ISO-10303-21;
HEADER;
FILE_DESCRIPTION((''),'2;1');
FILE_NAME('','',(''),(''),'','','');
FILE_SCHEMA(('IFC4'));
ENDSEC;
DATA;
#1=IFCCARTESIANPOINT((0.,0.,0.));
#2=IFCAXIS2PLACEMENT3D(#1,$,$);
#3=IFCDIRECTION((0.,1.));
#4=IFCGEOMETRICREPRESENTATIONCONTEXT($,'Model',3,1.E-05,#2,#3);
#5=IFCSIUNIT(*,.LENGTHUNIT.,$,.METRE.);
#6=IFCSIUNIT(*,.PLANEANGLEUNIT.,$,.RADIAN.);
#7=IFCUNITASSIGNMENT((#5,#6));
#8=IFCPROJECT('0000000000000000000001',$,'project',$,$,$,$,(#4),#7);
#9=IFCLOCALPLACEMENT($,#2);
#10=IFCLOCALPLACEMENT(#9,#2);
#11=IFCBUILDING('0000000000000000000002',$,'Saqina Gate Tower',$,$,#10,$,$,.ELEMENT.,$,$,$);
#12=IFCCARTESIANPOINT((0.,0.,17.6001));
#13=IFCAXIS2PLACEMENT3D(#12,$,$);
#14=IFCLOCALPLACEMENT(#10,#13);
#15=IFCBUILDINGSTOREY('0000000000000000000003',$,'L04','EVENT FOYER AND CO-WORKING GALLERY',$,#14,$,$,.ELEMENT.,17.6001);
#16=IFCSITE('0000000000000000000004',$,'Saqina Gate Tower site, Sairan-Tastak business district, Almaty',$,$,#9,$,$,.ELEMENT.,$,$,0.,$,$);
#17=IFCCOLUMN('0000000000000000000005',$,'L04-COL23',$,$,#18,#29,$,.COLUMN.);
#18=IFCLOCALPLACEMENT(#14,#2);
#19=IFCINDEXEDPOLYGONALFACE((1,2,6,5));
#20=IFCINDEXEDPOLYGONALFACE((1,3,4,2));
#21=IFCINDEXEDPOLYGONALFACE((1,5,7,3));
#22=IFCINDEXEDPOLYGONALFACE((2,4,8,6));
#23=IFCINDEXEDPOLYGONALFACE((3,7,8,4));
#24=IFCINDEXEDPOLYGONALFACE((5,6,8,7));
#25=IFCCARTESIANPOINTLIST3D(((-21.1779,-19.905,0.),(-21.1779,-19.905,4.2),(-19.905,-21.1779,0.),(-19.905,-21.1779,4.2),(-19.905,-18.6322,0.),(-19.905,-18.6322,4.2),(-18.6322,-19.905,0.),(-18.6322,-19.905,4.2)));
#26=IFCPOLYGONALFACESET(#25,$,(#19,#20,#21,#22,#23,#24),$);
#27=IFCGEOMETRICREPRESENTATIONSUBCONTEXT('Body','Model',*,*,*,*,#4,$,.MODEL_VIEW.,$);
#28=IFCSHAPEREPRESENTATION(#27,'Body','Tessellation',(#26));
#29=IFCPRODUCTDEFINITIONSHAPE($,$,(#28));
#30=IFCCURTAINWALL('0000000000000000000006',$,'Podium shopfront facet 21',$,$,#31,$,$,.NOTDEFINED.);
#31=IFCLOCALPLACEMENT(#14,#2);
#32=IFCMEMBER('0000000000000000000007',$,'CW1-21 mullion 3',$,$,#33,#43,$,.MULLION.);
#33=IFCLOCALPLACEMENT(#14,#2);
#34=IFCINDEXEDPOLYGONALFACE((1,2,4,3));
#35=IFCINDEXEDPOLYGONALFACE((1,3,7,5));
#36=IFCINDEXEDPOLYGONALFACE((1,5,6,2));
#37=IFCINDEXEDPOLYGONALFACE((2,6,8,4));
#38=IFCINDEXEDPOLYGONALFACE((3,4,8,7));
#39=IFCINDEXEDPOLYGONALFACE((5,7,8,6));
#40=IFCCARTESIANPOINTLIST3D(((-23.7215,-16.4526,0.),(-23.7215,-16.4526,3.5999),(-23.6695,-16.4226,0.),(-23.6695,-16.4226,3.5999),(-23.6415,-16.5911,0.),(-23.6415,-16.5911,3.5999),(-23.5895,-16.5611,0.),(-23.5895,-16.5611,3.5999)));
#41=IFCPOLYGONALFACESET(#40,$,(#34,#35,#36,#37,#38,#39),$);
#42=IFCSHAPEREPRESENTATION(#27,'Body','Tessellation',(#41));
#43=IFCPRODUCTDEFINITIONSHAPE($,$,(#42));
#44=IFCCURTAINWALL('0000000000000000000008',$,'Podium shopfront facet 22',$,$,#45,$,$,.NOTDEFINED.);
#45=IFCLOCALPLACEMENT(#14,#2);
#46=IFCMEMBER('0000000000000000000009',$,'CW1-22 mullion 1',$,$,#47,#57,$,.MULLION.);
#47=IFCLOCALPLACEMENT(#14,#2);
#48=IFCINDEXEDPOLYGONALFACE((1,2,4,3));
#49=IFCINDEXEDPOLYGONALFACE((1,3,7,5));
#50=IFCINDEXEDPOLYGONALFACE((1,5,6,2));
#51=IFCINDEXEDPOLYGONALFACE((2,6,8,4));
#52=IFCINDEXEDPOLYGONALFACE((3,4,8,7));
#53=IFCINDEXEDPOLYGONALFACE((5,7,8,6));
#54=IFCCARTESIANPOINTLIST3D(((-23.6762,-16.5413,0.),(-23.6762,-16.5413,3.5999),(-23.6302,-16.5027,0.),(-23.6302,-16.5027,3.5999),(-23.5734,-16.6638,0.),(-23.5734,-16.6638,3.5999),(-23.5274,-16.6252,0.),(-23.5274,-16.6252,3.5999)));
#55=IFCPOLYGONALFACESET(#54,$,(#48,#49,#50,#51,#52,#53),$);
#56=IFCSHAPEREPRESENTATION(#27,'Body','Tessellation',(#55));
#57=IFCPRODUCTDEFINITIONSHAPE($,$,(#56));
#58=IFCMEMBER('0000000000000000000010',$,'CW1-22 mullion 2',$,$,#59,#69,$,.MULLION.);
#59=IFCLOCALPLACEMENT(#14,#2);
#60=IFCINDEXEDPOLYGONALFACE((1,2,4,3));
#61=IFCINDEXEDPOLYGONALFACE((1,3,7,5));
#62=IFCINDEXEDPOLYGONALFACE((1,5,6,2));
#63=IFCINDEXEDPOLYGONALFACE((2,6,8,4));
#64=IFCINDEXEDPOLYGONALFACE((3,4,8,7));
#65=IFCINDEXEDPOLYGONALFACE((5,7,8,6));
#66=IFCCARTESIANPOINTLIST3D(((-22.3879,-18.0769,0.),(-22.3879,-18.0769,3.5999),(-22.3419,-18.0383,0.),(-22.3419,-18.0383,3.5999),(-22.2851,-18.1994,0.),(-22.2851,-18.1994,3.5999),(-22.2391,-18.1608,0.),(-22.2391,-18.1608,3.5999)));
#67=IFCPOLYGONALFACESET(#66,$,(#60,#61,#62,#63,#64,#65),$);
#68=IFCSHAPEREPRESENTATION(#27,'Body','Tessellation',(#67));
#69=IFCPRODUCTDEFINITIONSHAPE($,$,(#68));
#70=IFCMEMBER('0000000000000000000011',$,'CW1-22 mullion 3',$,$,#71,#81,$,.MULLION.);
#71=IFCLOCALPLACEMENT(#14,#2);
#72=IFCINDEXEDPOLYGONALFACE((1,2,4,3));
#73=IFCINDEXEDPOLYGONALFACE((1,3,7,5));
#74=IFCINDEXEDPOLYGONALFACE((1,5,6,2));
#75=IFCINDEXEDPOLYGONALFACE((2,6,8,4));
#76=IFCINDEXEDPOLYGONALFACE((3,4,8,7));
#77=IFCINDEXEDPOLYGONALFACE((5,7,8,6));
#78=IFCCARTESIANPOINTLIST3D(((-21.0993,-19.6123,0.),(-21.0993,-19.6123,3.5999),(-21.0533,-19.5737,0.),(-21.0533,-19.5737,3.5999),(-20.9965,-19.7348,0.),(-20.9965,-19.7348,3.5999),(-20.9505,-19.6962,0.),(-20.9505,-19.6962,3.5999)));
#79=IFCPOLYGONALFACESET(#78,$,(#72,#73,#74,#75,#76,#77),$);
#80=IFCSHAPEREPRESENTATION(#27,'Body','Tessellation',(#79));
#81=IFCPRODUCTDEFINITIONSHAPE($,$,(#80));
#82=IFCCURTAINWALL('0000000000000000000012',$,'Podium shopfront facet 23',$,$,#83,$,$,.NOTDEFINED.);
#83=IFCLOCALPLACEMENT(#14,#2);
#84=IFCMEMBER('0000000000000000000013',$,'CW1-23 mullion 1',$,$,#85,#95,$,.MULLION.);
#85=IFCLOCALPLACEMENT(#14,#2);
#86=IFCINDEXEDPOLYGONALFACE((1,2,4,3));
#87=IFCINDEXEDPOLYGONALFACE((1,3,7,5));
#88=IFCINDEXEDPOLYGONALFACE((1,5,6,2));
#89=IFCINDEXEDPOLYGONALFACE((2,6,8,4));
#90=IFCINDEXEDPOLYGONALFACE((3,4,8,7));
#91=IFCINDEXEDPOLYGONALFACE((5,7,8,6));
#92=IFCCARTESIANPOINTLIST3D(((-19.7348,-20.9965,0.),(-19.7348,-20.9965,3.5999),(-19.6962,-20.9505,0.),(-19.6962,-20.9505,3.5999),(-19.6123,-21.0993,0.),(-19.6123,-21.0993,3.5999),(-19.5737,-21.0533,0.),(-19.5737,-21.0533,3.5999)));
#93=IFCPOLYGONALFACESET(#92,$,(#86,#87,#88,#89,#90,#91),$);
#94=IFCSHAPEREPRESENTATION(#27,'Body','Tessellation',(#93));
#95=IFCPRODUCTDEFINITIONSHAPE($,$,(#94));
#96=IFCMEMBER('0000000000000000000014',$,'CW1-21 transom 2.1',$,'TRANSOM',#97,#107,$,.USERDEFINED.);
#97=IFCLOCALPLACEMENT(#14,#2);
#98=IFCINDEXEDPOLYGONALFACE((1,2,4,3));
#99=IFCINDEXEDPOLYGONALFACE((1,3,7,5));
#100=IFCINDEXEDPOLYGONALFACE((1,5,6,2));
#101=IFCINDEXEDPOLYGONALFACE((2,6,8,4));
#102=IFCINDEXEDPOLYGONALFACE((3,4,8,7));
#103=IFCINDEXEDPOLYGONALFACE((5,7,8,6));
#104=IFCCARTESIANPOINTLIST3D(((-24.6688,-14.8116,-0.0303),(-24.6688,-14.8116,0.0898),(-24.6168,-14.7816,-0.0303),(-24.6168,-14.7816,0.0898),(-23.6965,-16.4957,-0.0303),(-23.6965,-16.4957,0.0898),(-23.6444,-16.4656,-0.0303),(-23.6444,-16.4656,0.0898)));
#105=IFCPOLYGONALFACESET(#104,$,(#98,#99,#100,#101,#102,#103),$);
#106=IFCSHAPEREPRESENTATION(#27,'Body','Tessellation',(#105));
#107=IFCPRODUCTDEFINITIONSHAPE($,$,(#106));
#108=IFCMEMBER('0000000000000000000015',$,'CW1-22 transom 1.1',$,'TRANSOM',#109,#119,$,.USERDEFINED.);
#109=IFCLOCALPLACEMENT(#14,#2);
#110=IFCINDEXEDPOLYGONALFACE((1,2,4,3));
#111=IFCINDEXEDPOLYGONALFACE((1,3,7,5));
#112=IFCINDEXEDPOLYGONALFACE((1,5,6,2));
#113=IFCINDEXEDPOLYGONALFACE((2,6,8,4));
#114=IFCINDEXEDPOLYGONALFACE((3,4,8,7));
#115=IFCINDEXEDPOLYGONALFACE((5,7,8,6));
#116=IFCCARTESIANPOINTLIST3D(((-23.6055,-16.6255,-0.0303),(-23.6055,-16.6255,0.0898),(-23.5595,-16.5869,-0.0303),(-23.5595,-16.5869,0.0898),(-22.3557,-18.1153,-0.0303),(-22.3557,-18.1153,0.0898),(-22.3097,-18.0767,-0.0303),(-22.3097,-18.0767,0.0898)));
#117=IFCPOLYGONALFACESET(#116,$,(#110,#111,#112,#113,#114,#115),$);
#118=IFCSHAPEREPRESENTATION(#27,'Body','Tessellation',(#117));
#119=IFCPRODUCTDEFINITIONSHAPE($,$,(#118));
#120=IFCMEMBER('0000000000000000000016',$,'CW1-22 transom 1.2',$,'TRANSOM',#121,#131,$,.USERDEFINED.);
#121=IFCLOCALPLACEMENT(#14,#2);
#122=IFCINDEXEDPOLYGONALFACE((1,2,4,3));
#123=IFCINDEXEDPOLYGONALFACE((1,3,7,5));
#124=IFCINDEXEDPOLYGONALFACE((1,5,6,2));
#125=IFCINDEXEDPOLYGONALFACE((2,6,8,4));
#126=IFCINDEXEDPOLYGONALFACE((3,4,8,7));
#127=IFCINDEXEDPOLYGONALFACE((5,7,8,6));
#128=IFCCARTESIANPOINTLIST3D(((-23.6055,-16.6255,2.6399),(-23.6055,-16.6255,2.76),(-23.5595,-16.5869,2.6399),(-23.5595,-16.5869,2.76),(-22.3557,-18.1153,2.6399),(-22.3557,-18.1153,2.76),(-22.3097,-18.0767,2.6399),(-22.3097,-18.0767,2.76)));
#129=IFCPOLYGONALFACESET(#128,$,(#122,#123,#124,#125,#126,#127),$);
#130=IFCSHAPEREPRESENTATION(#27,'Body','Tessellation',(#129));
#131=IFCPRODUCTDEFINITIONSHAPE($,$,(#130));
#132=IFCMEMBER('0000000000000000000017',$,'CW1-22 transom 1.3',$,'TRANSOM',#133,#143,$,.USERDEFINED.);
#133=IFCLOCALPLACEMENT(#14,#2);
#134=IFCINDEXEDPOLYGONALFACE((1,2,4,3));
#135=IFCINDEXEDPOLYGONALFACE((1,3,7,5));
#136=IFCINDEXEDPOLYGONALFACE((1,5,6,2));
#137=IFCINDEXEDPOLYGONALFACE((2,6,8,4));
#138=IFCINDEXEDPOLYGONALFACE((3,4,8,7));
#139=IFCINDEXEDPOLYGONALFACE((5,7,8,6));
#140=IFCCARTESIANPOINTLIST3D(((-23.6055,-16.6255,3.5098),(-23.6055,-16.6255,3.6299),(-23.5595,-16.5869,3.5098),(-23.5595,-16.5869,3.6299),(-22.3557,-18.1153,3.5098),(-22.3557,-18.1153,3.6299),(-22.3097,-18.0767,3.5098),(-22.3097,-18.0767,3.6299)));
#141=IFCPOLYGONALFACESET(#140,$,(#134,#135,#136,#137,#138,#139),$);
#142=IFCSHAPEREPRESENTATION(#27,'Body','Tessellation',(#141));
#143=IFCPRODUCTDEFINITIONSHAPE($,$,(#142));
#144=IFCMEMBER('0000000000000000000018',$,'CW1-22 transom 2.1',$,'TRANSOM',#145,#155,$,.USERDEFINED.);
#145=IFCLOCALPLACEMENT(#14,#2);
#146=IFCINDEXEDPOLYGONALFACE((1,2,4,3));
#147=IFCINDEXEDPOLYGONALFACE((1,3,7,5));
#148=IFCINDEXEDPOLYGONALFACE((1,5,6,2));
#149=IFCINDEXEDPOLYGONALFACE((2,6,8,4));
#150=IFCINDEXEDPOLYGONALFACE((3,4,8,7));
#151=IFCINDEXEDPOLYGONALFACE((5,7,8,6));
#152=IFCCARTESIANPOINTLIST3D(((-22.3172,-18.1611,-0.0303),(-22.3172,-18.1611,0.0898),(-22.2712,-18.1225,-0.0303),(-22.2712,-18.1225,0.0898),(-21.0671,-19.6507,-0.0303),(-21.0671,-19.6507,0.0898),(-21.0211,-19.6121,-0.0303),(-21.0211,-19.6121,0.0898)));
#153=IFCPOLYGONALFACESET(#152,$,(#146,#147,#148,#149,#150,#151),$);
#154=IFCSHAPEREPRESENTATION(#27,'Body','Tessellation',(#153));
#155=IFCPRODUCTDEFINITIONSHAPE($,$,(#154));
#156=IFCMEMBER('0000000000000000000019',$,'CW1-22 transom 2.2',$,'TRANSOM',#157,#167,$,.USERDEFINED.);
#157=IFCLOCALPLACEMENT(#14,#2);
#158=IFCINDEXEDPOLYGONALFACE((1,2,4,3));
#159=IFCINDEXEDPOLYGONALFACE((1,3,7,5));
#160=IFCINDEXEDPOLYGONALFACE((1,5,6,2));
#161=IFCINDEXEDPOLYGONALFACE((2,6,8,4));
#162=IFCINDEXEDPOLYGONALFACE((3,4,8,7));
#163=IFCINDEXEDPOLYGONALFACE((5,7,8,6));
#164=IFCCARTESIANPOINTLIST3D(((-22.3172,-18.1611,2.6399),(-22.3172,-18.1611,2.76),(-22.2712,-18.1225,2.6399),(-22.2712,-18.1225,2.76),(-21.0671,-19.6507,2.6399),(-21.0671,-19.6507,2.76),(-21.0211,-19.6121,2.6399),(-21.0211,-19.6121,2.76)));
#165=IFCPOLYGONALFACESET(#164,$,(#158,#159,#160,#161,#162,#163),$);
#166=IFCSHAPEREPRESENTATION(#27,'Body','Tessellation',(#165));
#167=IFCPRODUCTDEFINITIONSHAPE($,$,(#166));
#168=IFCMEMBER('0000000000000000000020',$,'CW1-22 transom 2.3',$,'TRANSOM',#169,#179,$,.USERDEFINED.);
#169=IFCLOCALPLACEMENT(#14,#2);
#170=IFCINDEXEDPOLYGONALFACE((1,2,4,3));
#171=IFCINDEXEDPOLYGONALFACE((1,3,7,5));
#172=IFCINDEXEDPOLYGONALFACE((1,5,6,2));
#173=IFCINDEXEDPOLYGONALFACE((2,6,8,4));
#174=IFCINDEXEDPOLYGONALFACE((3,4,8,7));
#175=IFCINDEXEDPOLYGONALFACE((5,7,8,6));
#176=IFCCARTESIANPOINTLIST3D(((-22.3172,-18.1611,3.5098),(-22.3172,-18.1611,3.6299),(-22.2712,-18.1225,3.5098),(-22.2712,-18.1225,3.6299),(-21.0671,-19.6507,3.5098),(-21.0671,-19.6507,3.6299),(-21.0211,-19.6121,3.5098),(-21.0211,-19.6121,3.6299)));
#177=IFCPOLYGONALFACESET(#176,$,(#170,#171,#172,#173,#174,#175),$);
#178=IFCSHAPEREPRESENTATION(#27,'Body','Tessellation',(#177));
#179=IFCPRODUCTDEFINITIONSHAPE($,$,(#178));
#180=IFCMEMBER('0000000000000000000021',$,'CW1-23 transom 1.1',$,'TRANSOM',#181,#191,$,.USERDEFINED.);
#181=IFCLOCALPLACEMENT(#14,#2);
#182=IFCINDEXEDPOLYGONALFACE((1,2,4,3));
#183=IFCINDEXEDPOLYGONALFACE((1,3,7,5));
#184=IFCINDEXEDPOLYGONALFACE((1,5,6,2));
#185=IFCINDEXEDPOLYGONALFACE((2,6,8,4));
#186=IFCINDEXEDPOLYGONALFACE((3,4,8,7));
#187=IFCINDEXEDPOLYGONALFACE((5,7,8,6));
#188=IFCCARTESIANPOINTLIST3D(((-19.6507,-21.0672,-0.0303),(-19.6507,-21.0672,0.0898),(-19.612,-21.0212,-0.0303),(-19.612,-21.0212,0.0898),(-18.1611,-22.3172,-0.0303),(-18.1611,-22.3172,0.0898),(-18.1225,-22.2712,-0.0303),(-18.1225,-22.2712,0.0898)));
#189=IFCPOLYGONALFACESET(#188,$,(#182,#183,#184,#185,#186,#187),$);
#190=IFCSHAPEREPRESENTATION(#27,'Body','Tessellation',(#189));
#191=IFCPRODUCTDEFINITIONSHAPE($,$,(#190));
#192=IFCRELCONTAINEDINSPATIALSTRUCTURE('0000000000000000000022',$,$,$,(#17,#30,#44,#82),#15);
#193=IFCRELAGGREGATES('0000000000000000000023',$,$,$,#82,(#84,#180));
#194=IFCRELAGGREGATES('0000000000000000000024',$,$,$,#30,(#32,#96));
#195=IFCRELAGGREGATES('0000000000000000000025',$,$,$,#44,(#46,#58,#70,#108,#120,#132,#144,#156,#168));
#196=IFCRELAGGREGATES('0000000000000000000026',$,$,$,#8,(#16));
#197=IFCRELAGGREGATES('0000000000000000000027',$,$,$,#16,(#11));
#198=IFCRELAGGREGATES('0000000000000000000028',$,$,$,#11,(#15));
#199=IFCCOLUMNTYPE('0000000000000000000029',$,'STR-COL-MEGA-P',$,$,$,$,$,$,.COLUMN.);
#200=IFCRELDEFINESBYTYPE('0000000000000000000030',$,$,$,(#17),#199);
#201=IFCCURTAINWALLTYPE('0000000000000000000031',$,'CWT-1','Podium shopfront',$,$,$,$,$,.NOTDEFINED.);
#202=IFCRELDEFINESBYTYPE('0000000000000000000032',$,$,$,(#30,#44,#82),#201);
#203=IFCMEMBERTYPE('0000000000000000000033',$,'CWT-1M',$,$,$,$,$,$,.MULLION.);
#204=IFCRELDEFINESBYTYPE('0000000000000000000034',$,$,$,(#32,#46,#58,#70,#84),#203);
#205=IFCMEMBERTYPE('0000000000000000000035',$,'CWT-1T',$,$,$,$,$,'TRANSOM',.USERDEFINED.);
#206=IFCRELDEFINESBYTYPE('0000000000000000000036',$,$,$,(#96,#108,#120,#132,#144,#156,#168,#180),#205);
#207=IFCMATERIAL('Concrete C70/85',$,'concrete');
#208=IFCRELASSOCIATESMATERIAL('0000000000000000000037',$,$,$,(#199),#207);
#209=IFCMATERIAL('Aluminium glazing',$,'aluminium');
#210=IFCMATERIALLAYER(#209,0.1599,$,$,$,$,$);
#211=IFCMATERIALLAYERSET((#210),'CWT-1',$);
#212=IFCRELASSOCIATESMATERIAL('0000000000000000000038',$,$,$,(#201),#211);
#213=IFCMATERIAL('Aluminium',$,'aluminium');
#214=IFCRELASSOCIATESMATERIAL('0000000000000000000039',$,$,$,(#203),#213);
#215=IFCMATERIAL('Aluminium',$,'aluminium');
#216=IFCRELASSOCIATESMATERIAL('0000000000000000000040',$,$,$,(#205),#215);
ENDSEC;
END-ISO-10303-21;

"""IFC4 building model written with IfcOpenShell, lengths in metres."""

from ifc_helpers import new_model, si_unit, direction, frame, origin, origin_2d, place, context, subcontext, project, spatial, rectangle, extrude, material, layer, layer_set, material_profile, profile_set, type_object, element, aggregate, save


model = new_model("IFC4")

# Units and contexts
model_context = context("Model", 3, precision=1e-05, world=origin(), true_north=direction((0.0, 1.0)))
body_context = subcontext(model_context, "Body", "Model", "MODEL_VIEW")
ifc_project = project(units=[si_unit("LENGTHUNIT", "METRE"), si_unit("PLANEANGLEUNIT", "RADIAN")], contexts=[model_context])

# Site, building, storey
site_placement = place(None, origin())
site = spatial("IfcSite", under=ifc_project, at=site_placement, Name="Saqina Gate Tower site, Sairan-Tastak business district, Almaty", CompositionType="ELEMENT", RefElevation=0.0)
building_placement = place(site_placement, origin())
building = spatial("IfcBuilding", under=site, at=building_placement, Name="Saqina Gate Tower", CompositionType="ELEMENT")
storey_placement = place(building_placement, frame((0.0, 0.0, 17.6001)))
storey = spatial("IfcBuildingStorey", under=building, at=storey_placement, Name="L04", Description="EVENT FOYER AND CO-WORKING GALLERY", CompositionType="ELEMENT", Elevation=17.6001)

# Column
ifc_material_1 = material(Name="Concrete C70/85", Category="concrete")
ifc_material_profile_1 = material_profile(ifc_material_1, rectangle(XDim=1.8, YDim=1.8, at=origin_2d()), Name="RC 1800x1800")
ifc_profile_set_1 = profile_set([ifc_material_profile_1], Name="Concrete C70/85")
column_type = type_object("IfcColumnType", Name="STR-COL-MEGA-P", PredefinedType="COLUMN", material=ifc_profile_set_1)
column_placement = place(storey_placement, frame((-19.905, -19.905, 0.0), z_axis=(0.0, 0.0, 1.0), x_axis=(-0.707107, -0.707107, 0.0)))
element("IfcColumn", 1, at=column_placement, inside=storey, type_object=column_type, Name="L04-COL23", PredefinedType="COLUMN", context=body_context, shape_type="SweptSolid", body=[
    extrude(rectangle(XDim=1.8, YDim=1.8, at=origin_2d()), origin(), (0.0, 0.0, 1.0), 4.2),
])

# Curtain wall, member
ifc_material_2 = material(Name="Aluminium glazing", Category="aluminium")
ifc_layer_1 = layer(ifc_material_2, 0.1599)
ifc_layer_set_1 = layer_set([ifc_layer_1], Name="CWT-1")
curtain_wall_type = type_object("IfcCurtainWallType", Name="CWT-1", Description="Podium shopfront", PredefinedType="NOTDEFINED", material=ifc_layer_set_1)
curtain_wall_1_placement = place(storey_placement, origin())
curtain_wall_1 = element("IfcCurtainWall", 2, at=curtain_wall_1_placement, inside=storey, type_object=curtain_wall_type, Name="Podium shopfront facet 21", PredefinedType="NOTDEFINED")
ifc_material_3 = material(Name="Aluminium", Category="aluminium")
ifc_material_profile_2 = material_profile(ifc_material_3, rectangle(XDim=0.0601, YDim=0.1599, at=origin_2d()), Name="Aluminium 60x160")
ifc_profile_set_2 = profile_set([ifc_material_profile_2], Name="Aluminium")
member_type_1 = type_object("IfcMemberType", Name="CWT-1M", PredefinedType="MULLION", material=ifc_profile_set_2)
member_1_placement = place(storey_placement, frame((-23.6555, -16.5068, 0.0), z_axis=(0.0, 0.0, 1.0), x_axis=(0.866017, 0.500014, 0.0)))
member_1 = element("IfcMember", 3, at=member_1_placement, type_object=member_type_1, Name="CW1-21 mullion 3", PredefinedType="MULLION", context=body_context, shape_type="SweptSolid", body=[
    extrude(rectangle(XDim=0.0601, YDim=0.1599, at=origin_2d()), origin(), (0.0, 0.0, 1.0), 3.5999),
])

# Curtain wall, members
curtain_wall_2_placement = place(storey_placement, origin())
curtain_wall_2 = element("IfcCurtainWall", 4, at=curtain_wall_2_placement, inside=storey, type_object=curtain_wall_type, Name="Podium shopfront facet 22", PredefinedType="NOTDEFINED")
member_2_placement = place(storey_placement, frame((-23.6018, -16.5833, 0.0), z_axis=(0.0, 0.0, 1.0), x_axis=(0.766051, 0.642779, 0.0)))
member_2 = element("IfcMember", 5, at=member_2_placement, type_object=member_type_1, Name="CW1-22 mullion 1", PredefinedType="MULLION", context=body_context, shape_type="SweptSolid", body=[
    extrude(rectangle(XDim=0.0601, YDim=0.1599, at=origin_2d()), origin(), (0.0, 0.0, 1.0), 3.5999),
])
member_3_placement = place(storey_placement, frame((-22.3135, -18.1189, 0.0), z_axis=(0.0, 0.0, 1.0), x_axis=(0.766051, 0.642779, 0.0)))
member_3 = element("IfcMember", 6, at=member_3_placement, type_object=member_type_1, Name="CW1-22 mullion 2", PredefinedType="MULLION", context=body_context, shape_type="SweptSolid", body=[
    extrude(rectangle(XDim=0.0601, YDim=0.1599, at=origin_2d()), origin(), (0.0, 0.0, 1.0), 3.5999),
])
member_4_placement = place(storey_placement, frame((-21.0249, -19.6543, 0.0), z_axis=(0.0, 0.0, 1.0), x_axis=(0.766051, 0.642779, 0.0)))
member_4 = element("IfcMember", 7, at=member_4_placement, type_object=member_type_1, Name="CW1-22 mullion 3", PredefinedType="MULLION", context=body_context, shape_type="SweptSolid", body=[
    extrude(rectangle(XDim=0.0601, YDim=0.1599, at=origin_2d()), origin(), (0.0, 0.0, 1.0), 3.5999),
])

# Curtain wall, member
curtain_wall_3_placement = place(storey_placement, origin())
curtain_wall_3 = element("IfcCurtainWall", 8, at=curtain_wall_3_placement, inside=storey, type_object=curtain_wall_type, Name="Podium shopfront facet 23", PredefinedType="NOTDEFINED")
member_5_placement = place(storey_placement, frame((-19.6543, -21.0249, 0.0), z_axis=(0.0, 0.0, 1.0), x_axis=(0.642779, 0.766051, 0.0)))
member_5 = element("IfcMember", 9, at=member_5_placement, type_object=member_type_1, Name="CW1-23 mullion 1", PredefinedType="MULLION", context=body_context, shape_type="SweptSolid", body=[
    extrude(rectangle(XDim=0.0601, YDim=0.1599, at=origin_2d()), origin(), (0.0, 0.0, 1.0), 3.5999),
])

# Members
ifc_material_4 = material(Name="Aluminium", Category="aluminium")
ifc_material_profile_3 = material_profile(ifc_material_4, rectangle(XDim=0.0601, YDim=0.1201, at=origin_2d()), Name="Aluminium 60x120")
ifc_profile_set_3 = profile_set([ifc_material_profile_3], Name="Aluminium")
member_type_2 = type_object("IfcMemberType", Name="CWT-1T", ElementType="TRANSOM", PredefinedType="USERDEFINED", material=ifc_profile_set_3)
member_6_placement = place(storey_placement, frame((-24.6428, -14.7966, 0.0298), z_axis=(0.500041, -0.866002, 0.0), x_axis=(0.866002, 0.500041, 0.0)))
member_6 = element("IfcMember", 10, at=member_6_placement, type_object=member_type_2, Name="CW1-21 transom 2.1", ObjectType="TRANSOM", PredefinedType="USERDEFINED", context=body_context, shape_type="SweptSolid", body=[
    extrude(rectangle(XDim=0.0601, YDim=0.1201, at=origin_2d()), origin(), (0.0, 0.0, 1.0), 1.9446),
])
member_7_placement = place(storey_placement, frame((-23.5825, -16.6062, 0.0298), z_axis=(0.6427, -0.766118, 0.0), x_axis=(0.766118, 0.6427, 0.0)))
member_7 = element("IfcMember", 11, at=member_7_placement, type_object=member_type_2, Name="CW1-22 transom 1.1", ObjectType="TRANSOM", PredefinedType="USERDEFINED", context=body_context, shape_type="SweptSolid", body=[
    extrude(rectangle(XDim=0.0601, YDim=0.1201, at=origin_2d()), origin(), (0.0, 0.0, 1.0), 1.9446),
])
member_8_placement = place(storey_placement, frame((-23.5825, -16.6062, 2.7), z_axis=(0.6427, -0.766118, 0.0), x_axis=(0.766118, 0.6427, 0.0)))
member_8 = element("IfcMember", 12, at=member_8_placement, type_object=member_type_2, Name="CW1-22 transom 1.2", ObjectType="TRANSOM", PredefinedType="USERDEFINED", context=body_context, shape_type="SweptSolid", body=[
    extrude(rectangle(XDim=0.0601, YDim=0.1201, at=origin_2d()), origin(), (0.0, 0.0, 1.0), 1.9446),
])
member_9_placement = place(storey_placement, frame((-23.5825, -16.6062, 3.5698), z_axis=(0.6427, -0.766118, 0.0), x_axis=(0.766118, 0.6427, 0.0)))
member_9 = element("IfcMember", 13, at=member_9_placement, type_object=member_type_2, Name="CW1-22 transom 1.3", ObjectType="TRANSOM", PredefinedType="USERDEFINED", context=body_context, shape_type="SweptSolid", body=[
    extrude(rectangle(XDim=0.0601, YDim=0.1201, at=origin_2d()), origin(), (0.0, 0.0, 1.0), 1.9446),
])
member_10_placement = place(storey_placement, frame((-22.2942, -18.1418, 0.0298), z_axis=(0.642836, -0.766004, 0.0), x_axis=(0.766004, 0.642836, 0.0)))
member_10 = element("IfcMember", 14, at=member_10_placement, type_object=member_type_2, Name="CW1-22 transom 2.1", ObjectType="TRANSOM", PredefinedType="USERDEFINED", context=body_context, shape_type="SweptSolid", body=[
    extrude(rectangle(XDim=0.0601, YDim=0.1201, at=origin_2d()), origin(), (0.0, 0.0, 1.0), 1.9446),
])
member_11_placement = place(storey_placement, frame((-22.2942, -18.1418, 2.7), z_axis=(0.642836, -0.766004, 0.0), x_axis=(0.766004, 0.642836, 0.0)))
member_11 = element("IfcMember", 15, at=member_11_placement, type_object=member_type_2, Name="CW1-22 transom 2.2", ObjectType="TRANSOM", PredefinedType="USERDEFINED", context=body_context, shape_type="SweptSolid", body=[
    extrude(rectangle(XDim=0.0601, YDim=0.1201, at=origin_2d()), origin(), (0.0, 0.0, 1.0), 1.9446),
])
member_12_placement = place(storey_placement, frame((-22.2942, -18.1418, 3.5698), z_axis=(0.642836, -0.766004, 0.0), x_axis=(0.766004, 0.642836, 0.0)))
member_12 = element("IfcMember", 16, at=member_12_placement, type_object=member_type_2, Name="CW1-22 transom 2.3", ObjectType="TRANSOM", PredefinedType="USERDEFINED", context=body_context, shape_type="SweptSolid", body=[
    extrude(rectangle(XDim=0.0601, YDim=0.1201, at=origin_2d()), origin(), (0.0, 0.0, 1.0), 1.9446),
])
member_13_placement = place(storey_placement, frame((-19.6313, -21.0442, 0.0298), z_axis=(0.766004, -0.642836, 0.0), x_axis=(0.642836, 0.766004, 0.0)))
member_13 = element("IfcMember", 17, at=member_13_placement, type_object=member_type_2, Name="CW1-23 transom 1.1", ObjectType="TRANSOM", PredefinedType="USERDEFINED", context=body_context, shape_type="SweptSolid", body=[
    extrude(rectangle(XDim=0.0601, YDim=0.1201, at=origin_2d()), origin(), (0.0, 0.0, 1.0), 1.9446),
])
aggregate(curtain_wall_3, [member_5, member_13])

aggregate(curtain_wall_1, [member_1, member_6])
aggregate(curtain_wall_2, [member_2, member_3, member_4, member_7, member_8, member_9, member_10, member_11, member_12])

save(model, "model.ifc")
